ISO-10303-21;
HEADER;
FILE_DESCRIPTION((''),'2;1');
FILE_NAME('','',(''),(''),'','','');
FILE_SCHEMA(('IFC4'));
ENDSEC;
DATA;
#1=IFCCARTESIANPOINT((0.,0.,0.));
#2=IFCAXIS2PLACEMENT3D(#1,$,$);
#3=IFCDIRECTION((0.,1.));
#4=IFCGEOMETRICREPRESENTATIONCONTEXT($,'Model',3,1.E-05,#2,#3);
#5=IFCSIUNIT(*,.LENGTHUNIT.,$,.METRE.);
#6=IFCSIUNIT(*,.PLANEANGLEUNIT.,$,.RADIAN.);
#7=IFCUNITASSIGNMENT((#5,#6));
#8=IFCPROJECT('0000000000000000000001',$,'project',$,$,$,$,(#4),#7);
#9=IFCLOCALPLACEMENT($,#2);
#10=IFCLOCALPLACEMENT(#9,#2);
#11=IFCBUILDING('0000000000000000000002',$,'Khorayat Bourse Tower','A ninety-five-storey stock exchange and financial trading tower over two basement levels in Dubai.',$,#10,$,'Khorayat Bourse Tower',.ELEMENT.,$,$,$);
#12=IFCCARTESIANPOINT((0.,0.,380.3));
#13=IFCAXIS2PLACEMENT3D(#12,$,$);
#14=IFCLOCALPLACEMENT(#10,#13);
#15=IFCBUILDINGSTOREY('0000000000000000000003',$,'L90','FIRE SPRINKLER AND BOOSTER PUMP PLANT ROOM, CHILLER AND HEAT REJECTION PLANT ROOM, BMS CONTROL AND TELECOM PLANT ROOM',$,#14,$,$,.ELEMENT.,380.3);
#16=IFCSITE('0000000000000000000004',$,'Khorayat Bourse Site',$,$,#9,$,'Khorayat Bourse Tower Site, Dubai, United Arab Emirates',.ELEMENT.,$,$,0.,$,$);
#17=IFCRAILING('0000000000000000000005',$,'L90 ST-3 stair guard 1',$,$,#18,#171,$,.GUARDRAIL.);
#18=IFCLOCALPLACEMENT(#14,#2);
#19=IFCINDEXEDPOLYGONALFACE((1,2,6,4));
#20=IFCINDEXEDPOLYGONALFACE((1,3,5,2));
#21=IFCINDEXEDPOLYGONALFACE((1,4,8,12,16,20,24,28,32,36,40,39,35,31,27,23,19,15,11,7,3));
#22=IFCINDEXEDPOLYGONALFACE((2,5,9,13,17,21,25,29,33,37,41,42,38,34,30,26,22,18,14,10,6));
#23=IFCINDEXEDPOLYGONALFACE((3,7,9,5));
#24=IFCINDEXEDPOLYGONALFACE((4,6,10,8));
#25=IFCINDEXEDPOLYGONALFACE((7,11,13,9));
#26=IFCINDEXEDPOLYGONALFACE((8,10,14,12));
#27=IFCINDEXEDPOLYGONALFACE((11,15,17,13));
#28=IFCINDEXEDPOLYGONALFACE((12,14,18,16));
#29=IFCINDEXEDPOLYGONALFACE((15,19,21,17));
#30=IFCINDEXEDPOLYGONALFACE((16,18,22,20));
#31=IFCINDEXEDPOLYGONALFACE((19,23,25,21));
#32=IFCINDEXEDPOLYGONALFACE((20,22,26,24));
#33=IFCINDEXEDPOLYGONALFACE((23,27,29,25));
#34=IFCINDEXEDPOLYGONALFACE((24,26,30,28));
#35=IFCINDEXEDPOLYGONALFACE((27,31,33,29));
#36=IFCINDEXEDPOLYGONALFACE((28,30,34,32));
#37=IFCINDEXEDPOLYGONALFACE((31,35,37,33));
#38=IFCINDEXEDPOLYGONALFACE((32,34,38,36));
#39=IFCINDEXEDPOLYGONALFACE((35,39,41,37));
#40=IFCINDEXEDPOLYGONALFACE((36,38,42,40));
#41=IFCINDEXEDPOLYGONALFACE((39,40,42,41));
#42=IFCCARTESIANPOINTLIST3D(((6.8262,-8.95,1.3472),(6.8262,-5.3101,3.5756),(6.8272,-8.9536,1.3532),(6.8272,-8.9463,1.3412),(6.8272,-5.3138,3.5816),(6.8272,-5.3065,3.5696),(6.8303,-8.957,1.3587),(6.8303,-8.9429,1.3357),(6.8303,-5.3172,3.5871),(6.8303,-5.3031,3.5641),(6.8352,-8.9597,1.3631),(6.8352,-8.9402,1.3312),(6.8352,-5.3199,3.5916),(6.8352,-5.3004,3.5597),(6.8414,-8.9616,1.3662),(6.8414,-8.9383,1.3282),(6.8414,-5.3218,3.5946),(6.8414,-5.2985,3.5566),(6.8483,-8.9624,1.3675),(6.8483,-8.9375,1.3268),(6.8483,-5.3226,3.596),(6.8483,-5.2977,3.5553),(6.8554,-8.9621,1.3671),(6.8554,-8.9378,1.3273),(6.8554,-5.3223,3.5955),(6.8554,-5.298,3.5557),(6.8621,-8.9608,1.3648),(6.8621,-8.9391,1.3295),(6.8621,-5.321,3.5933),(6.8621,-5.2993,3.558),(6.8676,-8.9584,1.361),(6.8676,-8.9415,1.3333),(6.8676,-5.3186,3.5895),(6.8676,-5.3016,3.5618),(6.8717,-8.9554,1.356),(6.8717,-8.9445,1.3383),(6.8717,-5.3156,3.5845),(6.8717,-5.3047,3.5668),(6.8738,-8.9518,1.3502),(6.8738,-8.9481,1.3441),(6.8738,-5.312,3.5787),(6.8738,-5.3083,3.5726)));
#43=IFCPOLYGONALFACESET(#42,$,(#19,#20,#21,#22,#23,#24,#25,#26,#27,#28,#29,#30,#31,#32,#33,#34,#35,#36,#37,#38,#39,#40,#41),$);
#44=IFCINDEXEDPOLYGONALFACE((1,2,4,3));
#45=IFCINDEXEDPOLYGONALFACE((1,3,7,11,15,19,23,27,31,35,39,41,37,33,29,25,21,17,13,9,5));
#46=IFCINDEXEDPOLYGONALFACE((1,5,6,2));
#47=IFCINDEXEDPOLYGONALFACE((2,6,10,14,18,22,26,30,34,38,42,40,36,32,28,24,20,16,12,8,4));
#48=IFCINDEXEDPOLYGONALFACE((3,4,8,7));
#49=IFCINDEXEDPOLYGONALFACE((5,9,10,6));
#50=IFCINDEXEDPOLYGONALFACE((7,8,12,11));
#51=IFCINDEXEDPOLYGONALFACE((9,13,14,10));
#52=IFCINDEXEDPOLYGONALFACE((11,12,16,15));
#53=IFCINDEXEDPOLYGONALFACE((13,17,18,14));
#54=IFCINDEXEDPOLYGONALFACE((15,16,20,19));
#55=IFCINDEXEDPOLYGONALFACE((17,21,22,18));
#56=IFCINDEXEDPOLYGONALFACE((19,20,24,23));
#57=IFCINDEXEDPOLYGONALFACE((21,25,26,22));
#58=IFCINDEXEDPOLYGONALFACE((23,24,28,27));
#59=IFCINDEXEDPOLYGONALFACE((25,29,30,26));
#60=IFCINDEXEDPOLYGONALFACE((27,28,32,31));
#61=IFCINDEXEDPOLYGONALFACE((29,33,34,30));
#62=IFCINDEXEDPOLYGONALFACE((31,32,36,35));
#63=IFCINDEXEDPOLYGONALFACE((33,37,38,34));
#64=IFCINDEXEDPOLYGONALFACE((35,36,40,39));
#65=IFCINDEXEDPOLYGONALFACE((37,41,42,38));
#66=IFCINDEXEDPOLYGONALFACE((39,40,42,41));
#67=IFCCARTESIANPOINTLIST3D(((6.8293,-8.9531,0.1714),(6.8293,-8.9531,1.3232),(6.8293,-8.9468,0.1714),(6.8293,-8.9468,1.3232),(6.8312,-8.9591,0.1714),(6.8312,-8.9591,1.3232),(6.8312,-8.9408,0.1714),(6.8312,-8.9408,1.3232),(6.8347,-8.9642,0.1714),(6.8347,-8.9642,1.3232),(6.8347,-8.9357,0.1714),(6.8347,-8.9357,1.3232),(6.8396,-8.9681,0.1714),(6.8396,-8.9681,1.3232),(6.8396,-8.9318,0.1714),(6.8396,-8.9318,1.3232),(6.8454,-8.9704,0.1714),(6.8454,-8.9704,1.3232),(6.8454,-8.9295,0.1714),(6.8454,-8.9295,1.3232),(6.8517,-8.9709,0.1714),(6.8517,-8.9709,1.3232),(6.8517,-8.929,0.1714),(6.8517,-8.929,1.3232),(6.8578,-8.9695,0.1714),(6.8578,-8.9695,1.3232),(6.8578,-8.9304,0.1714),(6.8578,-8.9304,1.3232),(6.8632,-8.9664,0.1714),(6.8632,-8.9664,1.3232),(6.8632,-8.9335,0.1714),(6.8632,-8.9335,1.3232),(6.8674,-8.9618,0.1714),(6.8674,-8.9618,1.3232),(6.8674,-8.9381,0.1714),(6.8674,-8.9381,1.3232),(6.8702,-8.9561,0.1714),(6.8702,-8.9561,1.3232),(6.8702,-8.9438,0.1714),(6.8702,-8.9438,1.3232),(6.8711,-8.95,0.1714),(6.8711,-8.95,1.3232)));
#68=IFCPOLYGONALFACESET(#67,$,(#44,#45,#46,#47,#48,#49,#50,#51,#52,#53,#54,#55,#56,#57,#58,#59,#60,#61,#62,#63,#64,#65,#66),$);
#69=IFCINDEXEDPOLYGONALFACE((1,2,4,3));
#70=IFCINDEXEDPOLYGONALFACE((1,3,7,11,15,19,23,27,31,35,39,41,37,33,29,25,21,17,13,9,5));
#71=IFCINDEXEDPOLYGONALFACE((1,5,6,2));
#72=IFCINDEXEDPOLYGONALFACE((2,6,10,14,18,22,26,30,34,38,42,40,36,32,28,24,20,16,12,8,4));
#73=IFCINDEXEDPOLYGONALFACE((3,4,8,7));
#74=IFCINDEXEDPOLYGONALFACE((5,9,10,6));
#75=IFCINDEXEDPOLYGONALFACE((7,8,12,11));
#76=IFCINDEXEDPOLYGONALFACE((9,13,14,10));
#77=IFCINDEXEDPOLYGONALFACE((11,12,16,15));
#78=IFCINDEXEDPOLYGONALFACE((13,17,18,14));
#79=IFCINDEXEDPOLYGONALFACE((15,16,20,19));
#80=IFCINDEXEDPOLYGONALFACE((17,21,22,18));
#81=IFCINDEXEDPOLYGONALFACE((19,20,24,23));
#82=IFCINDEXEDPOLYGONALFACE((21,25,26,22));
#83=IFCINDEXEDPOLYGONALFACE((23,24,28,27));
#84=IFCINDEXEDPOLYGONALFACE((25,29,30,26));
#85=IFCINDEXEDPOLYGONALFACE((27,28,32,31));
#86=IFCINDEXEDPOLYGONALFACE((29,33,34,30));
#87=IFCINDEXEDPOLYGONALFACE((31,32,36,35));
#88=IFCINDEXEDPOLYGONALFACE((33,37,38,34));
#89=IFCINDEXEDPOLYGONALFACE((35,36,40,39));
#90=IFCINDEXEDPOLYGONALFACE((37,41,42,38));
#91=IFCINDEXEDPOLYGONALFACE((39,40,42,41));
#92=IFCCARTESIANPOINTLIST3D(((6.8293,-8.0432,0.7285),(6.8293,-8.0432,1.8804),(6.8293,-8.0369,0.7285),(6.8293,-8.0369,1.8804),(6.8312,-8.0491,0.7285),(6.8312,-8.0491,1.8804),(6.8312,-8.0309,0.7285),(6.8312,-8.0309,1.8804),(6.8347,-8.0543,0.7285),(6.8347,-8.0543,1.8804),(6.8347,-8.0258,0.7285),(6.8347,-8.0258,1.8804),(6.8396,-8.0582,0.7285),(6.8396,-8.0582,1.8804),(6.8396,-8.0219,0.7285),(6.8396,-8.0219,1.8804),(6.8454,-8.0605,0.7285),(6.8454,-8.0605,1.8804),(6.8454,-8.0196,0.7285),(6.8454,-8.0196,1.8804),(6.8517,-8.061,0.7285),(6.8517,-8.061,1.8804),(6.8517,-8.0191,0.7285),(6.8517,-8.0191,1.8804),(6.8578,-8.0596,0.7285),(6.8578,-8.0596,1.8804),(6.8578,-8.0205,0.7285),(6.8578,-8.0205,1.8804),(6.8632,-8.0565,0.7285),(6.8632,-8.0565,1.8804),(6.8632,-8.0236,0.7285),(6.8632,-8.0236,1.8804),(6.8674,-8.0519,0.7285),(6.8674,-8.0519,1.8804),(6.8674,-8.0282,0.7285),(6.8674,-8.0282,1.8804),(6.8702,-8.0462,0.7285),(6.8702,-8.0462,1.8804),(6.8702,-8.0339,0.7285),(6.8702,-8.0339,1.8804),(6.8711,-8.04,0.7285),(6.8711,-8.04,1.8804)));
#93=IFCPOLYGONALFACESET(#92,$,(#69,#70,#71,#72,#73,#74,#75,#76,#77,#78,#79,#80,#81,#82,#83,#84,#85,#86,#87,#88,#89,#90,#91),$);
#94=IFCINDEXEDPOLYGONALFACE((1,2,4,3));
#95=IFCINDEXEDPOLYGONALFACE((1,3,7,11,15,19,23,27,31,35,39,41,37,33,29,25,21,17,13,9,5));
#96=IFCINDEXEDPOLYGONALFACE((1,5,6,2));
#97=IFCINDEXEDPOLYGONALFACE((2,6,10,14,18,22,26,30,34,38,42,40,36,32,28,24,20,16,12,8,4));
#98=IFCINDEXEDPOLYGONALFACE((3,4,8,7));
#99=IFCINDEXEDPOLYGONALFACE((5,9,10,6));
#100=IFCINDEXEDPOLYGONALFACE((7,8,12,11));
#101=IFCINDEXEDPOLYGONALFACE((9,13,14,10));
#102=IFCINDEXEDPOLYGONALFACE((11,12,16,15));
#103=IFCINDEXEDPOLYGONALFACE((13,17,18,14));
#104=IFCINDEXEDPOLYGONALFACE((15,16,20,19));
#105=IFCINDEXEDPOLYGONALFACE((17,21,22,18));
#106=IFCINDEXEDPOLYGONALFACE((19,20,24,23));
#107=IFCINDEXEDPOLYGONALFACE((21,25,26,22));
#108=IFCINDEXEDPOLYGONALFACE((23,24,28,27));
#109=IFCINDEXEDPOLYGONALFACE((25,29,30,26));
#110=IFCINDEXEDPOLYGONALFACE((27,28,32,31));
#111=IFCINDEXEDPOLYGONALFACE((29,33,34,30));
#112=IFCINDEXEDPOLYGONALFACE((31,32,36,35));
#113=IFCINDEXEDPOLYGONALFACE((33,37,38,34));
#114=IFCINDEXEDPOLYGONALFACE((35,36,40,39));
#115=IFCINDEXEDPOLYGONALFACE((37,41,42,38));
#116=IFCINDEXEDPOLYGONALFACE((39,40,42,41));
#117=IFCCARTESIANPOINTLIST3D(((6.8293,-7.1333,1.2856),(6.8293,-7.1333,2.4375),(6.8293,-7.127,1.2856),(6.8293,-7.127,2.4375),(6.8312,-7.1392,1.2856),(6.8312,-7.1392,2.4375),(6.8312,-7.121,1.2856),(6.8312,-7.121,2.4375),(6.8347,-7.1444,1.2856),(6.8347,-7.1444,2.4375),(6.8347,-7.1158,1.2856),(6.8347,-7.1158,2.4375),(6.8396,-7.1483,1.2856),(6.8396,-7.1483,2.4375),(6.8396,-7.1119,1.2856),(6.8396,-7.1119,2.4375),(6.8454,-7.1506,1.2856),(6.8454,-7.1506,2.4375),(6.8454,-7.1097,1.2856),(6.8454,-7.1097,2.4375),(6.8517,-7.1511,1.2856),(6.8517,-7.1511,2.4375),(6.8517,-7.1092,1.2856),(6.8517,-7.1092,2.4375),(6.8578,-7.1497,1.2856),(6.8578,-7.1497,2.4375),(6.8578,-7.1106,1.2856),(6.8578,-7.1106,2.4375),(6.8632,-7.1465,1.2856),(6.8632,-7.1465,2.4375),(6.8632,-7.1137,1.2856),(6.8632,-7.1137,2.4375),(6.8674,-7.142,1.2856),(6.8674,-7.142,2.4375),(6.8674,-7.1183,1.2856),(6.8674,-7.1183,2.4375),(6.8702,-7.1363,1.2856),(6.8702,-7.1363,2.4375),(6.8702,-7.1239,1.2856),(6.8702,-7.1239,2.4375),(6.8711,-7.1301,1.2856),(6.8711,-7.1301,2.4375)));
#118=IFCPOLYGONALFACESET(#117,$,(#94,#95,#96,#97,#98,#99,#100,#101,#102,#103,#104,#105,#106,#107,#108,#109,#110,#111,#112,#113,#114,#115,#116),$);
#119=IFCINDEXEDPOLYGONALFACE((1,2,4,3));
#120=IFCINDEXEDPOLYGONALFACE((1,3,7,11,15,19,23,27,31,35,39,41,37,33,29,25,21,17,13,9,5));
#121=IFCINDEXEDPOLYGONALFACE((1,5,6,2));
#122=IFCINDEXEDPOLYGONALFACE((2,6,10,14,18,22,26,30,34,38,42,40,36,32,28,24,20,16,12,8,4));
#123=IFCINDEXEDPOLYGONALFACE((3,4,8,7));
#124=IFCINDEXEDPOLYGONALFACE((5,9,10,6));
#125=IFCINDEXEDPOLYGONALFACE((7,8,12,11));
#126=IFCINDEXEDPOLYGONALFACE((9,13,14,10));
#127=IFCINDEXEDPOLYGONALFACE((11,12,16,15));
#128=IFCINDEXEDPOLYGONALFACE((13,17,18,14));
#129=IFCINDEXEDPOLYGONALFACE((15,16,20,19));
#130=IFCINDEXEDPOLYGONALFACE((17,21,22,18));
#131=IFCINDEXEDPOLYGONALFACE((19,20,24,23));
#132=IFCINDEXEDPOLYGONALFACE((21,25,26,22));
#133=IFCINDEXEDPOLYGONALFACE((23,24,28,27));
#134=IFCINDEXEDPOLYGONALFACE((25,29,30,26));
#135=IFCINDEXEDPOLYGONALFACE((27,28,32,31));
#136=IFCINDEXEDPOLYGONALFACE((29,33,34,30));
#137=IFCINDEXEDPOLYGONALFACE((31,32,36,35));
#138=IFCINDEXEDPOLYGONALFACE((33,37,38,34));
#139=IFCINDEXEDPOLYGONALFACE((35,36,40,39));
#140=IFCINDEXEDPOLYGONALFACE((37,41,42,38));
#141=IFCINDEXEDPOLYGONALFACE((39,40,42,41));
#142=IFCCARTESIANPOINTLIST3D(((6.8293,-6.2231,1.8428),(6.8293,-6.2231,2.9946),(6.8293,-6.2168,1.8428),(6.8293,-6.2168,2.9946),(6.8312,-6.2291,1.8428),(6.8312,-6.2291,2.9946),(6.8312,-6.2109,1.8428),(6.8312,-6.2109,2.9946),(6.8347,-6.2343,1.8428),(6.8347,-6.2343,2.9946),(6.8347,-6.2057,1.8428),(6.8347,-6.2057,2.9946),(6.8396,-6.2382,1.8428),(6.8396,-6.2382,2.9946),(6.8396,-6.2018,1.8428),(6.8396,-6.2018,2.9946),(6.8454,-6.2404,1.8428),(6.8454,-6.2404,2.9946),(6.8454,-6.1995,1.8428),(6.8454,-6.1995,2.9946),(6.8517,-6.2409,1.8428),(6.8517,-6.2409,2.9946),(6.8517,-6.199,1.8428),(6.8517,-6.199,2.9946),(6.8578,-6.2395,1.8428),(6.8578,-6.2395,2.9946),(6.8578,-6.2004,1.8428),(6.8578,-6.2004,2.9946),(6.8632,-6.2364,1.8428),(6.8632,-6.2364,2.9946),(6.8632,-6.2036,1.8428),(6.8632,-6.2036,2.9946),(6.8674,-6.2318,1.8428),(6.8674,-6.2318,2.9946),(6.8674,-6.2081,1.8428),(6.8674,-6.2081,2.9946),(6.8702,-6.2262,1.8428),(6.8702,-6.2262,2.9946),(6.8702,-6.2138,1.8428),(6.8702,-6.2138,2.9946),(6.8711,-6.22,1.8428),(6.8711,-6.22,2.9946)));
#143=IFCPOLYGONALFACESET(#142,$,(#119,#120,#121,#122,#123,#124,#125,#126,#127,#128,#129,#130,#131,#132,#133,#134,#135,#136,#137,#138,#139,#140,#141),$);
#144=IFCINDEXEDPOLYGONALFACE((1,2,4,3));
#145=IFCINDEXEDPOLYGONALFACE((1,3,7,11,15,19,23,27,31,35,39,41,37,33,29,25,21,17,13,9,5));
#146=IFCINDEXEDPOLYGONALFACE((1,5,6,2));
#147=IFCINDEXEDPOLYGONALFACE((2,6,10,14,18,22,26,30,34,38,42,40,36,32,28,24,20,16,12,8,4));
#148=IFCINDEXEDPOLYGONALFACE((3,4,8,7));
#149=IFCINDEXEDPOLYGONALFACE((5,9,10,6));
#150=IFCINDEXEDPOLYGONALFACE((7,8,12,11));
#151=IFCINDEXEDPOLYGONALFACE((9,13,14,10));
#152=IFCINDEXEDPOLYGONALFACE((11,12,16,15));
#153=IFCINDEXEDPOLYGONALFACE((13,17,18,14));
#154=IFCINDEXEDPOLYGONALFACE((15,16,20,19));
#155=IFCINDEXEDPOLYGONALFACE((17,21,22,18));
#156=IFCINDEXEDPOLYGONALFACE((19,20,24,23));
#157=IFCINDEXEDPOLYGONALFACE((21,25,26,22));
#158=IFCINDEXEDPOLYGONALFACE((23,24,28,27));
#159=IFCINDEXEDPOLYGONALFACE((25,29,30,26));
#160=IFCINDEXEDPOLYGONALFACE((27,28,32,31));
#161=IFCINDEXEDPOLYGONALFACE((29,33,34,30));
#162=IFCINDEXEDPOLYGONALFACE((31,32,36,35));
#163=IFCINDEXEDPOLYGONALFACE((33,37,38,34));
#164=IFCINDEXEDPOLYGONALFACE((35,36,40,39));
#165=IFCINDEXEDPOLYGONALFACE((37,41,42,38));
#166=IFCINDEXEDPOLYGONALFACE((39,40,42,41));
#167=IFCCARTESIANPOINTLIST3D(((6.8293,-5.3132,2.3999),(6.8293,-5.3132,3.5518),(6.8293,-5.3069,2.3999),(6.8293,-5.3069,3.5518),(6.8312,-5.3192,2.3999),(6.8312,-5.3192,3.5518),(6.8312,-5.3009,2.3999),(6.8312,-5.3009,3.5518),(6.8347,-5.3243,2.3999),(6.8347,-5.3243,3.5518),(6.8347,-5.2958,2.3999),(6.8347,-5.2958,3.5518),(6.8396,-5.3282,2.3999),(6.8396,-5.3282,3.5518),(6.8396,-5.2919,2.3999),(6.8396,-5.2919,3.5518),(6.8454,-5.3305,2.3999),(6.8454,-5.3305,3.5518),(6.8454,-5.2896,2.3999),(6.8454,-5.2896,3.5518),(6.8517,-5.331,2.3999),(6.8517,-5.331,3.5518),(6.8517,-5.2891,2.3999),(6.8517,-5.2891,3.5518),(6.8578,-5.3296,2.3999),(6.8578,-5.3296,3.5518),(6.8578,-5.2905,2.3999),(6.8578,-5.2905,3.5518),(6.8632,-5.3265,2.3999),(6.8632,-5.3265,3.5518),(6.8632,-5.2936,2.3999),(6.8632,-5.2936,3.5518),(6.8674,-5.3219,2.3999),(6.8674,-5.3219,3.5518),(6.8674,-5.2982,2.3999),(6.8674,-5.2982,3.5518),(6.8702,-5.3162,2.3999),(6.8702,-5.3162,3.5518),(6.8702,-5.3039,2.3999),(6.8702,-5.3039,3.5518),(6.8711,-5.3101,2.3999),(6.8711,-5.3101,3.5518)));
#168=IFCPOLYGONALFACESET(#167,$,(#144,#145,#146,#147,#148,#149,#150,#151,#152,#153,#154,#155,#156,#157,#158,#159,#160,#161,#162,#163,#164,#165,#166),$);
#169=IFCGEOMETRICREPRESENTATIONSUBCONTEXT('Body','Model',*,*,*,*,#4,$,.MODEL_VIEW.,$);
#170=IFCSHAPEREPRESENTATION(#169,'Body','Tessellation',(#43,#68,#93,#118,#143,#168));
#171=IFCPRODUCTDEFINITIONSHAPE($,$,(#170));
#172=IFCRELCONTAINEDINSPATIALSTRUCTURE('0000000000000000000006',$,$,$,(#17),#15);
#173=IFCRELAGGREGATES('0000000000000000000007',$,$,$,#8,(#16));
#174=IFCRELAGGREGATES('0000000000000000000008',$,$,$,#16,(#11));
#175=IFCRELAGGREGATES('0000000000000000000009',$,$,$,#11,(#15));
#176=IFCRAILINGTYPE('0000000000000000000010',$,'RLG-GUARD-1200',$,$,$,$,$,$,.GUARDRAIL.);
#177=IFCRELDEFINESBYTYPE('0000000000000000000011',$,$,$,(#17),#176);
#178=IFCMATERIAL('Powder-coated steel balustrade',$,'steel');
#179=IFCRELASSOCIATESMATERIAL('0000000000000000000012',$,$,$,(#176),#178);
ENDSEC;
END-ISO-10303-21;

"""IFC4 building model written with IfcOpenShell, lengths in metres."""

from ifc_helpers import new_model, si_unit, direction, frame, origin, origin_2d, place, context, subcontext, project, spatial, circle, extrude, source, transform, mapped, material, type_object, element, save


model = new_model("IFC4")

# Units and contexts
model_context = context("Model", 3, precision=1e-05, world=origin(), true_north=direction((0.0, 1.0)))
body_context = subcontext(model_context, "Body", "Model", "MODEL_VIEW")
ifc_project = project(units=[si_unit("LENGTHUNIT", "METRE"), si_unit("PLANEANGLEUNIT", "RADIAN")], contexts=[model_context])

# Site, building, storey
site_placement = place(None, origin())
site = spatial("IfcSite", under=ifc_project, at=site_placement, Name="Khorayat Bourse Site", LongName="Khorayat Bourse Tower Site, Dubai, United Arab Emirates", CompositionType="ELEMENT", RefElevation=0.0)
building_placement = place(site_placement, origin())
building = spatial("IfcBuilding", under=site, at=building_placement, Name="Khorayat Bourse Tower", Description="A ninety-five-storey stock exchange and financial trading tower over two basement levels in Dubai.", LongName="Khorayat Bourse Tower", CompositionType="ELEMENT")
storey_placement = place(building_placement, frame((0.0, 0.0, 380.3)))
storey = spatial("IfcBuildingStorey", under=building, at=storey_placement, Name="L90", Description="FIRE SPRINKLER AND BOOSTER PUMP PLANT ROOM, CHILLER AND HEAT REJECTION PLANT ROOM, BMS CONTROL AND TELECOM PLANT ROOM", CompositionType="ELEMENT", Elevation=380.3)

# Railing
ifc_material_1 = material(Name="Powder-coated steel balustrade", Category="steel")
railing_type_1 = type_object("IfcRailingType", Name="RLG-GUARD-1200", PredefinedType="GUARDRAIL", material=ifc_material_1)
shared_shape_1 = source(origin(), body_context, "Body", "SweptSolid", [
    extrude(circle(Radius=0.0239, at=origin_2d()), frame((0.0, 0.0, 1.1758), z_axis=(0.0, 0.85285, 0.522156), x_axis=(-1.0, 0.0, 0.0)), (0.0, 0.0, 1.0), 4.2678),
    extrude(circle(Radius=0.021, at=origin_2d()), origin(), (0.0, 0.0, 1.0), 1.1519),
    extrude(circle(Radius=0.021, at=origin_2d()), frame((0.0, 0.9099, 0.5571)), (0.0, 0.0, 1.0), 1.1519),
    extrude(circle(Radius=0.021, at=origin_2d()), frame((0.0, 1.8198, 1.1143)), (0.0, 0.0, 1.0), 1.1519),
    extrude(circle(Radius=0.021, at=origin_2d()), frame((0.0, 2.73, 1.6714)), (0.0, 0.0, 1.0), 1.1519),
    extrude(circle(Radius=0.021, at=origin_2d()), frame((0.0, 3.6399, 2.2285)), (0.0, 0.0, 1.0), 1.1519),
])
railing_1_placement = place(storey_placement, frame((6.8501, -8.95, 0.1714)))
element("IfcRailing", 1, at=railing_1_placement, inside=storey, type_object=railing_type_1, Name="L90 ST-3 stair guard 1", PredefinedType="GUARDRAIL", context=body_context, shape_type="MappedRepresentation", body=[
    mapped(shared_shape_1, transform((0.0, 0.0, 0.0), scale=1.0)),
])

save(model, "model.ifc")
